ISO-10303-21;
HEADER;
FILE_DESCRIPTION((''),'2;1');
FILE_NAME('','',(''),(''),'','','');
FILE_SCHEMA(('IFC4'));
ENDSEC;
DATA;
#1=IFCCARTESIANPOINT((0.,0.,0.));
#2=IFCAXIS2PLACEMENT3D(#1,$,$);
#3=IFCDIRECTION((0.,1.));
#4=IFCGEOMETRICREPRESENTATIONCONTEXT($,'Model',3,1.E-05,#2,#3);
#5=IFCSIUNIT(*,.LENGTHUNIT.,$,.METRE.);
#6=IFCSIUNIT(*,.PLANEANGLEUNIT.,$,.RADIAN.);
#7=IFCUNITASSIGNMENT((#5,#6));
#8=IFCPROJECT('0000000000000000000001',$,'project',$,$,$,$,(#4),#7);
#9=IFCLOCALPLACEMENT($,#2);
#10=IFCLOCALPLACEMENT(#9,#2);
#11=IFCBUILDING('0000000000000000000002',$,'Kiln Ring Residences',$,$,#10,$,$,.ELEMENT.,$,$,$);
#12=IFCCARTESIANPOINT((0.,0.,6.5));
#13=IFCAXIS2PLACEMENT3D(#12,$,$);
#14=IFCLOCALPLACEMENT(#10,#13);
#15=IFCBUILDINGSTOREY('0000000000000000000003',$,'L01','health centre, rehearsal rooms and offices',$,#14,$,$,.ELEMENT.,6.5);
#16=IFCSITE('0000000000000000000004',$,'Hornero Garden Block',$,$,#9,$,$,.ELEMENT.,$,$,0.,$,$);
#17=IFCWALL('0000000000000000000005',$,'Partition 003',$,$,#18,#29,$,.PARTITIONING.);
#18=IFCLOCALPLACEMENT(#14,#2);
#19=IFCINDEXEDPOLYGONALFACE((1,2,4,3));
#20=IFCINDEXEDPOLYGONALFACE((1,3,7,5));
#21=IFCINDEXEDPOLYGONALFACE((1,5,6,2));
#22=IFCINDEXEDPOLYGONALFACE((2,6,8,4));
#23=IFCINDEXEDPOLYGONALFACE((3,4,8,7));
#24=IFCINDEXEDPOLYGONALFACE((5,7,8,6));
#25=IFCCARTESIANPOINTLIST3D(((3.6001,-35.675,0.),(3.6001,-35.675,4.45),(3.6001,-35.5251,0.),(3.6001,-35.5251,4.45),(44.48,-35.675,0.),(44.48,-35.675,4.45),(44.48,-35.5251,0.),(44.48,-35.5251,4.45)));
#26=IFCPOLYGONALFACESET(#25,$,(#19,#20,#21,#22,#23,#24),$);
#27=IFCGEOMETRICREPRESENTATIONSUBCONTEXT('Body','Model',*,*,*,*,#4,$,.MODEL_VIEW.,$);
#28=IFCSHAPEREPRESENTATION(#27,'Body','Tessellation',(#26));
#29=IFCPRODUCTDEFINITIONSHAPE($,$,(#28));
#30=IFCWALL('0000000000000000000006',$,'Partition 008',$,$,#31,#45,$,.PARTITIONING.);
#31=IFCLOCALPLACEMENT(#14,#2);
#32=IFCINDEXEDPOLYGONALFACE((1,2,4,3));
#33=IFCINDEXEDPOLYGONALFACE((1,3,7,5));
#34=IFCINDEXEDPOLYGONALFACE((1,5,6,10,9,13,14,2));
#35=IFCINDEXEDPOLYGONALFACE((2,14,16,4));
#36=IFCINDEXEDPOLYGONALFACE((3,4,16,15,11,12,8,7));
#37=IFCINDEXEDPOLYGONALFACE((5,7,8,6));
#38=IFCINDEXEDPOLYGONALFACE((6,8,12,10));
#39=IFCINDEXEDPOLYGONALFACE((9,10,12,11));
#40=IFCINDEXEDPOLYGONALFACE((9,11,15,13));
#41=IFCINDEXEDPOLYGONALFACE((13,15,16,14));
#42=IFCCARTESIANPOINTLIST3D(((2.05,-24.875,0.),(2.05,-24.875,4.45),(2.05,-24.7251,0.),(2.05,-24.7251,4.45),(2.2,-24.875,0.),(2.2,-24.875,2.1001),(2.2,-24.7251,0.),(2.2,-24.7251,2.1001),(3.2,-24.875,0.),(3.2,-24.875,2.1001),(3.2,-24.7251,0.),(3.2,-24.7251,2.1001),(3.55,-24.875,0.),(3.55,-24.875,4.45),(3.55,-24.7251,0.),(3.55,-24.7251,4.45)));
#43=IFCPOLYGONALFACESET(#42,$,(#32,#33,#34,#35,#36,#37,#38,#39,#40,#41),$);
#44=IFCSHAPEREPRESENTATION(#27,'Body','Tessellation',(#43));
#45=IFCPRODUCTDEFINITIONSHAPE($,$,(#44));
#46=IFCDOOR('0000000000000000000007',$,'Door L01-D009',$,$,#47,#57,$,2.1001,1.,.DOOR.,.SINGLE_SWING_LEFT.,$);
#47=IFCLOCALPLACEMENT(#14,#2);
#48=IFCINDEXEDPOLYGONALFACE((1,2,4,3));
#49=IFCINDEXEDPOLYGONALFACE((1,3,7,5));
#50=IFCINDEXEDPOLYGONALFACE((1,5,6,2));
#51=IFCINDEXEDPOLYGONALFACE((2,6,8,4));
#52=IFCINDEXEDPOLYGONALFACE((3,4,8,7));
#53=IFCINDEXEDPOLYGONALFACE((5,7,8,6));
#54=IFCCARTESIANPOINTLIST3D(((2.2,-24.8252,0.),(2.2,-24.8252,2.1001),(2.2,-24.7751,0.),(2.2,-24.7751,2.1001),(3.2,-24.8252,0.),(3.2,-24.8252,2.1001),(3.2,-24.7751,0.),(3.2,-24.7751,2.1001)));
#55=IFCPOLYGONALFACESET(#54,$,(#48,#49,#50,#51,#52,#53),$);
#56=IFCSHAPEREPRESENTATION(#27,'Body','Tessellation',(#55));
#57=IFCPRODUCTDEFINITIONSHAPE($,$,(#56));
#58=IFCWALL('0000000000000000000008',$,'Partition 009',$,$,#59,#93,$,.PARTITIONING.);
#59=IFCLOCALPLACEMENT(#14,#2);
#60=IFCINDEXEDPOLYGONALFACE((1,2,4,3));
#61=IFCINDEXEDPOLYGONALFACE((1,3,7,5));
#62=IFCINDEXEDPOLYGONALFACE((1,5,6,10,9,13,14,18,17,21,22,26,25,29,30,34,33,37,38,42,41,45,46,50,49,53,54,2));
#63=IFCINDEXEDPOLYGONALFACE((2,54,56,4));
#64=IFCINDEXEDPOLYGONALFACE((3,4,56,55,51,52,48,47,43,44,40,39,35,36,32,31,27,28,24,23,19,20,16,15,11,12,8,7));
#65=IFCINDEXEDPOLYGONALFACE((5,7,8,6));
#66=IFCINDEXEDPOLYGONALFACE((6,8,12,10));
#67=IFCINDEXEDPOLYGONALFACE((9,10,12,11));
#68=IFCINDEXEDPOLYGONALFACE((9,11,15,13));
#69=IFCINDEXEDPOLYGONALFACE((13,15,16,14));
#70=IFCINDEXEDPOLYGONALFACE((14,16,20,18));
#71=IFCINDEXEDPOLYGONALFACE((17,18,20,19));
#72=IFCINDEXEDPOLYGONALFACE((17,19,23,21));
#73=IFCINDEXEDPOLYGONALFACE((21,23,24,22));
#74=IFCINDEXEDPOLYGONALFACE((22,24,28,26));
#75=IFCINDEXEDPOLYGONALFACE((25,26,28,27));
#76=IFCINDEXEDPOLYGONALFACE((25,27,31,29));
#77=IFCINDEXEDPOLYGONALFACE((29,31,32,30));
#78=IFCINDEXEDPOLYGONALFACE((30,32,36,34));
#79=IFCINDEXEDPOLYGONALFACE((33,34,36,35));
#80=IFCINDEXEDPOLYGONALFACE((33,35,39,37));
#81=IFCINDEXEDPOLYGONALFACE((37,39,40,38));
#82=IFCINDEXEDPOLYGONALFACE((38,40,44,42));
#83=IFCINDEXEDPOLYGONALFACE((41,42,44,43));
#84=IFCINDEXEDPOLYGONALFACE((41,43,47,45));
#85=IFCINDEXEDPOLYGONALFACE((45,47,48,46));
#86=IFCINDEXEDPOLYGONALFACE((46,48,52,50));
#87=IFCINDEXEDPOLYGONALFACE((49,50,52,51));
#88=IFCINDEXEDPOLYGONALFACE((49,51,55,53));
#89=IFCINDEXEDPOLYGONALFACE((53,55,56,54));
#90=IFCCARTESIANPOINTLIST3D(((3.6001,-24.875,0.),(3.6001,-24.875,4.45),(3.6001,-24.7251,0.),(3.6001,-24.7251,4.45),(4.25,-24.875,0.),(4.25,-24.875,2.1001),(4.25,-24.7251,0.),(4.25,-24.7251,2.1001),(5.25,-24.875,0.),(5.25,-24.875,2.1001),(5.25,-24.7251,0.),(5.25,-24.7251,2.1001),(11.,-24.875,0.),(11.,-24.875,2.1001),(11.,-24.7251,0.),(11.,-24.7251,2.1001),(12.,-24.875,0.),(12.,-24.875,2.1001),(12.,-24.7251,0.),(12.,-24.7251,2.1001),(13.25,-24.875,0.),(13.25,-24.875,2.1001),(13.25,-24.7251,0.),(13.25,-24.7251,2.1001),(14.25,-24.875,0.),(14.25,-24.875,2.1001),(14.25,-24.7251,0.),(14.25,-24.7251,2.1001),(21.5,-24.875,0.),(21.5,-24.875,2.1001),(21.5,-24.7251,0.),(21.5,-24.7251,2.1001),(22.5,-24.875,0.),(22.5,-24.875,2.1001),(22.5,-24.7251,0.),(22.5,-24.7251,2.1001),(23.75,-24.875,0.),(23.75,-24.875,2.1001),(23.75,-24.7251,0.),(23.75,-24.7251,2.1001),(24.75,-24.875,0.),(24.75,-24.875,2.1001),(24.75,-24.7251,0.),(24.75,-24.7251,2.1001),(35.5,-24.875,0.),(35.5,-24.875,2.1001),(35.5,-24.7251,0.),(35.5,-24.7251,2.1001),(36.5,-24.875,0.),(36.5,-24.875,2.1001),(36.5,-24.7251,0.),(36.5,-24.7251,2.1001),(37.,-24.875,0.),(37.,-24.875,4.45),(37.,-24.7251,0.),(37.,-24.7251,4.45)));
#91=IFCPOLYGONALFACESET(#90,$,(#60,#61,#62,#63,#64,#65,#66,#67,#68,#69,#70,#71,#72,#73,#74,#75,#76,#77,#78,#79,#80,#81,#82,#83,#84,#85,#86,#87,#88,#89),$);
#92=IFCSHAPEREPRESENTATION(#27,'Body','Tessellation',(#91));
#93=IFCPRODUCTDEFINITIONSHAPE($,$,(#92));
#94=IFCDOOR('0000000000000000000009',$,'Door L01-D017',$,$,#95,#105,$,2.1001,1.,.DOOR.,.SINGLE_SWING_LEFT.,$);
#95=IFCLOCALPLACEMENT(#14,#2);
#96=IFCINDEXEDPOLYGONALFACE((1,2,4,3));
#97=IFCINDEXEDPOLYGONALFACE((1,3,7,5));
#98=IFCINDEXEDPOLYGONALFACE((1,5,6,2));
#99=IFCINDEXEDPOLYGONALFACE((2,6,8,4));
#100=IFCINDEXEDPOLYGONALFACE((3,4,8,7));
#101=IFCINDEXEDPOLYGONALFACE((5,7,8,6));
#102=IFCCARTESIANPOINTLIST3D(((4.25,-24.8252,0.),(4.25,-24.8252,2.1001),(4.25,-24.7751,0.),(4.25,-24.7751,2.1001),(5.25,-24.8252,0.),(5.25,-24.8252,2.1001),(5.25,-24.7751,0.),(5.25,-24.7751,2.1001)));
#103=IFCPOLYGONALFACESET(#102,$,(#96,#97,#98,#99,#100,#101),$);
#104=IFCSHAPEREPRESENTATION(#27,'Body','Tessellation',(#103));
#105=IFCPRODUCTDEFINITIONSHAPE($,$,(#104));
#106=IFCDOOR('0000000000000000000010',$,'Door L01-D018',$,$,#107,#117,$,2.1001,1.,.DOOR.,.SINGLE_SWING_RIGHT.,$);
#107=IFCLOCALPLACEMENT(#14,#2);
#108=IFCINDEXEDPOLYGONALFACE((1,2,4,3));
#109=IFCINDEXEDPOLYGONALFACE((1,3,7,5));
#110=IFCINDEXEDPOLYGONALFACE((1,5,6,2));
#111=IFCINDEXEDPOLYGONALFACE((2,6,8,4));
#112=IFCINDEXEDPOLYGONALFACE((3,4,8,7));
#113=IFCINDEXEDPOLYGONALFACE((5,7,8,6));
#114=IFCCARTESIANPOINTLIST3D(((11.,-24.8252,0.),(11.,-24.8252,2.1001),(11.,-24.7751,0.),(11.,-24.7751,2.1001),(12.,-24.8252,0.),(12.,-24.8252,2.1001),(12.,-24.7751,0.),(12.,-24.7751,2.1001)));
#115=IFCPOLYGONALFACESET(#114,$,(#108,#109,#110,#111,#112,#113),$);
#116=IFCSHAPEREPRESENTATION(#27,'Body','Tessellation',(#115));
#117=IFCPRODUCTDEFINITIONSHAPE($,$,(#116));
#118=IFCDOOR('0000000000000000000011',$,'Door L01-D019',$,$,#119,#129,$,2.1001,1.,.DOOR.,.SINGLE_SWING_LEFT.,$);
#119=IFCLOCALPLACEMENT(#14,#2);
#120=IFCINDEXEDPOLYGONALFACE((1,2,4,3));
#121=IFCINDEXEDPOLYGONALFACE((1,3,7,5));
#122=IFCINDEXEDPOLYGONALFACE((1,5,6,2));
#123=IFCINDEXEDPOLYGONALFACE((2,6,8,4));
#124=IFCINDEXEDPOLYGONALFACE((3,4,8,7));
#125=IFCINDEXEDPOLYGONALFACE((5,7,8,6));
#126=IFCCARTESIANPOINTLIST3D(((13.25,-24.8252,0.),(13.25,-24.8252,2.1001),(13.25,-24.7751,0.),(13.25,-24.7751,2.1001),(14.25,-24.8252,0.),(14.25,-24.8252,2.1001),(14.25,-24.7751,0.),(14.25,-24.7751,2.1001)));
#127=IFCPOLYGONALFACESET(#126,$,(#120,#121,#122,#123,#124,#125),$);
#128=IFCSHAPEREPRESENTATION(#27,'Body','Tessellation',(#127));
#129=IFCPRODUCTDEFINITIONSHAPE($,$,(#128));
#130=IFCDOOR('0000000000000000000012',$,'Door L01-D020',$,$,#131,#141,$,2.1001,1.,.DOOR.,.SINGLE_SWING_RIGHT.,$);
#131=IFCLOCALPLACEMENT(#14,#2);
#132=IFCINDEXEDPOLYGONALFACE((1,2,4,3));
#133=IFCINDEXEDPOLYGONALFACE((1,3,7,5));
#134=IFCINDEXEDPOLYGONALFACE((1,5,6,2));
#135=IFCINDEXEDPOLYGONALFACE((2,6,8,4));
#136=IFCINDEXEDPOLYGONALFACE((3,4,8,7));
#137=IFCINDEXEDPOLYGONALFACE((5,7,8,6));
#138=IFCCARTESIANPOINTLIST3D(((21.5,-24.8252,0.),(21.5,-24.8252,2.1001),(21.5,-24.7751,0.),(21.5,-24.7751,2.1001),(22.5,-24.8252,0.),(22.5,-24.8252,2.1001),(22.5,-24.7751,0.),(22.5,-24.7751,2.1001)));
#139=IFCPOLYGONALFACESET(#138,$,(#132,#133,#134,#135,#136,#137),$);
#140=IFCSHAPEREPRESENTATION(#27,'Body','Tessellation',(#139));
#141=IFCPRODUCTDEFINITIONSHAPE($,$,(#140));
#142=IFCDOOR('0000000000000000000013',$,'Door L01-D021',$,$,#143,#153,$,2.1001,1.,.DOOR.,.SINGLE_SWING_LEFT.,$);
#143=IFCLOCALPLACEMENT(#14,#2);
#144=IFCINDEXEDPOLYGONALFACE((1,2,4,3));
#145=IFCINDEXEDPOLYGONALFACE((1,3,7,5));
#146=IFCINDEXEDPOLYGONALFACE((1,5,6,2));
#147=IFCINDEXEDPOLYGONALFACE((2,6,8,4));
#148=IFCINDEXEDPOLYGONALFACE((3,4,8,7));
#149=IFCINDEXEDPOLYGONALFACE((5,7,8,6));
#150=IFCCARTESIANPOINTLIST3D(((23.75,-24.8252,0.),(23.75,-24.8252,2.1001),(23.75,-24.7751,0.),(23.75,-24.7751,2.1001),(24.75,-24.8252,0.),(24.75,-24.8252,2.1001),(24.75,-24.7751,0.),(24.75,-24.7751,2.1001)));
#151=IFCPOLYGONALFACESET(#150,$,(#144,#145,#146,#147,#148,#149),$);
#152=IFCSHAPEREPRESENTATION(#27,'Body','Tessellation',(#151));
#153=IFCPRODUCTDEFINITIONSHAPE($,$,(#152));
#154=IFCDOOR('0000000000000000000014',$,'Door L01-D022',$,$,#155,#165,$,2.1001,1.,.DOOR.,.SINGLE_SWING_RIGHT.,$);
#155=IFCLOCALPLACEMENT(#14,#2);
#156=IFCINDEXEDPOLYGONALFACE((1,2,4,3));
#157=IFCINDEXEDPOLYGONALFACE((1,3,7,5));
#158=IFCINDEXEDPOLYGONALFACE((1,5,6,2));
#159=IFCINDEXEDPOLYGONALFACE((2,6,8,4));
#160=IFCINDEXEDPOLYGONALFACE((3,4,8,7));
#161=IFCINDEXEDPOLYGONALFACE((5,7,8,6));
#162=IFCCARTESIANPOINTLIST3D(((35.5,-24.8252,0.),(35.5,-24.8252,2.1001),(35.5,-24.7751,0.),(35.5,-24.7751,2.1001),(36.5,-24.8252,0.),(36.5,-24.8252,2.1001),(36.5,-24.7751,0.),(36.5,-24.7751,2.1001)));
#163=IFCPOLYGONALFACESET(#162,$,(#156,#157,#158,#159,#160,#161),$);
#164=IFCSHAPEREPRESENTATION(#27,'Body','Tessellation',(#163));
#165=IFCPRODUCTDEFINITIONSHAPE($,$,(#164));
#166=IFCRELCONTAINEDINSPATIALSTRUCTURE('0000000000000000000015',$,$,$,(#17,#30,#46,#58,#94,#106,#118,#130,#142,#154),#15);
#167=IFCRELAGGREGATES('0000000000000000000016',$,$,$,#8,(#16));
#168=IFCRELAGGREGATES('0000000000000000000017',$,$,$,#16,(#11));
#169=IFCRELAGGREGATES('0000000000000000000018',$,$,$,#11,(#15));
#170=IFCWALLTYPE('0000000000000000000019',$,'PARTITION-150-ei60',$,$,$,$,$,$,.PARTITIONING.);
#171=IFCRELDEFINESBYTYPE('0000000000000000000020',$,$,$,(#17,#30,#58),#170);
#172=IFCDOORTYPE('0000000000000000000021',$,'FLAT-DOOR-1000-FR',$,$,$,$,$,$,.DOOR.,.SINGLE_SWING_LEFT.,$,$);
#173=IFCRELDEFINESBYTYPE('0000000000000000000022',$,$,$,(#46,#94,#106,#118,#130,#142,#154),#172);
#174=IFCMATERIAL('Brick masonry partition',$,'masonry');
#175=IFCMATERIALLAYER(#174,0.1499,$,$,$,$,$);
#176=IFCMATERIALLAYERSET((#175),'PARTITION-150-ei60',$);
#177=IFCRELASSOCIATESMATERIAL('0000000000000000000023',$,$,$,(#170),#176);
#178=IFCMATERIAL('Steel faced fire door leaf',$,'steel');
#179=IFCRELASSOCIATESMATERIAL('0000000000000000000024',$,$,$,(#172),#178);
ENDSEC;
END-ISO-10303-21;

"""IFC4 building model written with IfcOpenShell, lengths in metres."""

from ifc_helpers import new_model, si_unit, direction, frame, frame_2d, origin, place, context, subcontext, project, spatial, rectangle, extrude, material, layer, layer_set, type_object, element, fill, save


model = new_model("IFC4")

# Units and contexts
model_context = context("Model", 3, precision=1e-05, world=origin(), true_north=direction((0.0, 1.0)))
body_context = subcontext(model_context, "Body", "Model", "MODEL_VIEW")
ifc_project = project(units=[si_unit("LENGTHUNIT", "METRE"), si_unit("PLANEANGLEUNIT", "RADIAN")], contexts=[model_context])

# Site, building, storey
site_placement = place(None, origin())
site = spatial("IfcSite", under=ifc_project, at=site_placement, Name="Hornero Garden Block", CompositionType="ELEMENT", RefElevation=0.0)
building_placement = place(site_placement, origin())
building = spatial("IfcBuilding", under=site, at=building_placement, Name="Kiln Ring Residences", CompositionType="ELEMENT")
storey_placement = place(building_placement, frame((0.0, 0.0, 6.5)))
storey = spatial("IfcBuildingStorey", under=building, at=storey_placement, Name="L01", Description="health centre, rehearsal rooms and offices", CompositionType="ELEMENT", Elevation=6.5)

# Wall
ifc_material_1 = material(Name="Brick masonry partition", Category="masonry")
ifc_layer_1 = layer(ifc_material_1, 0.1499)
ifc_layer_set_1 = layer_set([ifc_layer_1], Name="PARTITION-150-ei60")
wall_type_1 = type_object("IfcWallType", Name="PARTITION-150-ei60", PredefinedType="PARTITIONING", material=ifc_layer_set_1)
wall_1_placement = place(storey_placement, frame((3.6001, -35.6001, 0.0), z_axis=(0.0, 0.0, 1.0), x_axis=(1.0, 0.0, 0.0)))
element("IfcWall", 1, at=wall_1_placement, inside=storey, type_object=wall_type_1, Name="Partition 003", PredefinedType="PARTITIONING", context=body_context, shape_type="SweptSolid", body=[
    extrude(rectangle(XDim=40.8799, YDim=0.1499, at=frame_2d((20.4399, 0.0))), origin(), (0.0, 0.0, 1.0), 4.45),
])

# Wall, opening, door
wall_2_placement = place(storey_placement, frame((2.05, -24.8, 0.0), z_axis=(0.0, 0.0, 1.0), x_axis=(1.0, 0.0, 0.0)))
wall_2 = element("IfcWall", 2, at=wall_2_placement, inside=storey, type_object=wall_type_1, Name="Partition 008", PredefinedType="PARTITIONING", context=body_context, shape_type="SweptSolid", body=[
    extrude(rectangle(XDim=1.5, YDim=0.1499, at=frame_2d((0.75, 0.0))), origin(), (0.0, 0.0, 1.0), 4.45),
])
opening_1_placement = place(wall_2_placement, frame((0.1499, 0.0, 0.0)))
opening_1 = element("IfcOpeningElement", 3, at=opening_1_placement, cuts=wall_2, PredefinedType="OPENING", context=body_context, shape_type="SweptSolid", body=[
    extrude(rectangle(XDim=1.0, YDim=2.1001, at=frame_2d((0.5, 1.05))), frame((0.0, 0.085, 0.0), z_axis=(0.0, -1.0, 0.0), x_axis=(1.0, 0.0, 0.0)), (0.0, 0.0, 1.0), 0.1699),
])
ifc_material_2 = material(Name="Steel faced fire door leaf", Category="steel")
door_type = type_object("IfcDoorType", Name="FLAT-DOOR-1000-FR", OperationType="SINGLE_SWING_LEFT", PredefinedType="DOOR", material=ifc_material_2)
door_1_placement = place(opening_1_placement, origin())
door_1 = element("IfcDoor", 4, at=door_1_placement, inside=storey, type_object=door_type, Name="Door L01-D009", OperationType="SINGLE_SWING_LEFT", OverallHeight=2.1001, OverallWidth=1.0, PredefinedType="DOOR", context=body_context, shape_type="SweptSolid", body=[
    extrude(rectangle(XDim=1.0, YDim=2.1001, at=frame_2d((0.5, 1.05))), frame((0.0, 0.0249, 0.0), z_axis=(0.0, -1.0, 0.0), x_axis=(1.0, 0.0, 0.0)), (0.0, 0.0, 1.0), 0.05),
])
fill(opening_1, door_1)

# Wall, openings, doors
wall_3_placement = place(storey_placement, frame((3.6001, -24.8, 0.0), z_axis=(0.0, 0.0, 1.0), x_axis=(1.0, 0.0, 0.0)))
wall_3 = element("IfcWall", 5, at=wall_3_placement, inside=storey, type_object=wall_type_1, Name="Partition 009", PredefinedType="PARTITIONING", context=body_context, shape_type="SweptSolid", body=[
    extrude(rectangle(XDim=33.3999, YDim=0.1499, at=frame_2d((16.7, 0.0))), origin(), (0.0, 0.0, 1.0), 4.45),
])
opening_2_placement = place(wall_3_placement, frame((0.6499, 0.0, 0.0)))
opening_2 = element("IfcOpeningElement", 6, at=opening_2_placement, cuts=wall_3, PredefinedType="OPENING", context=body_context, shape_type="SweptSolid", body=[
    extrude(rectangle(XDim=1.0, YDim=2.1001, at=frame_2d((0.5, 1.05))), frame((0.0, 0.085, 0.0), z_axis=(0.0, -1.0, 0.0), x_axis=(1.0, 0.0, 0.0)), (0.0, 0.0, 1.0), 0.1699),
])
opening_3_placement = place(wall_3_placement, frame((7.3999, 0.0, 0.0)))
opening_3 = element("IfcOpeningElement", 7, at=opening_3_placement, cuts=wall_3, PredefinedType="OPENING", context=body_context, shape_type="SweptSolid", body=[
    extrude(rectangle(XDim=1.0, YDim=2.1001, at=frame_2d((0.5, 1.05))), frame((0.0, 0.085, 0.0), z_axis=(0.0, -1.0, 0.0), x_axis=(1.0, 0.0, 0.0)), (0.0, 0.0, 1.0), 0.1699),
])
opening_4_placement = place(wall_3_placement, frame((9.6499, 0.0, 0.0)))
opening_4 = element("IfcOpeningElement", 8, at=opening_4_placement, cuts=wall_3, PredefinedType="OPENING", context=body_context, shape_type="SweptSolid", body=[
    extrude(rectangle(XDim=1.0, YDim=2.1001, at=frame_2d((0.5, 1.05))), frame((0.0, 0.085, 0.0), z_axis=(0.0, -1.0, 0.0), x_axis=(1.0, 0.0, 0.0)), (0.0, 0.0, 1.0), 0.1699),
])
opening_5_placement = place(wall_3_placement, frame((17.8999, 0.0, 0.0)))
opening_5 = element("IfcOpeningElement", 9, at=opening_5_placement, cuts=wall_3, PredefinedType="OPENING", context=body_context, shape_type="SweptSolid", body=[
    extrude(rectangle(XDim=1.0, YDim=2.1001, at=frame_2d((0.5, 1.05))), frame((0.0, 0.085, 0.0), z_axis=(0.0, -1.0, 0.0), x_axis=(1.0, 0.0, 0.0)), (0.0, 0.0, 1.0), 0.1699),
])
opening_6_placement = place(wall_3_placement, frame((20.1499, 0.0, 0.0)))
opening_6 = element("IfcOpeningElement", 10, at=opening_6_placement, cuts=wall_3, PredefinedType="OPENING", context=body_context, shape_type="SweptSolid", body=[
    extrude(rectangle(XDim=1.0, YDim=2.1001, at=frame_2d((0.5, 1.05))), frame((0.0, 0.085, 0.0), z_axis=(0.0, -1.0, 0.0), x_axis=(1.0, 0.0, 0.0)), (0.0, 0.0, 1.0), 0.1699),
])
opening_7_placement = place(wall_3_placement, frame((31.8999, 0.0, 0.0)))
opening_7 = element("IfcOpeningElement", 11, at=opening_7_placement, cuts=wall_3, PredefinedType="OPENING", context=body_context, shape_type="SweptSolid", body=[
    extrude(rectangle(XDim=1.0, YDim=2.1001, at=frame_2d((0.5, 1.05))), frame((0.0, 0.085, 0.0), z_axis=(0.0, -1.0, 0.0), x_axis=(1.0, 0.0, 0.0)), (0.0, 0.0, 1.0), 0.1699),
])
door_2_placement = place(opening_2_placement, origin())
door_2 = element("IfcDoor", 12, at=door_2_placement, inside=storey, type_object=door_type, Name="Door L01-D017", OperationType="SINGLE_SWING_LEFT", OverallHeight=2.1001, OverallWidth=1.0, PredefinedType="DOOR", context=body_context, shape_type="SweptSolid", body=[
    extrude(rectangle(XDim=1.0, YDim=2.1001, at=frame_2d((0.5, 1.05))), frame((0.0, 0.0249, 0.0), z_axis=(0.0, -1.0, 0.0), x_axis=(1.0, 0.0, 0.0)), (0.0, 0.0, 1.0), 0.05),
])
fill(opening_2, door_2)
door_3_placement = place(opening_3_placement, origin())
door_3 = element("IfcDoor", 13, at=door_3_placement, inside=storey, type_object=door_type, Name="Door L01-D018", OperationType="SINGLE_SWING_RIGHT", OverallHeight=2.1001, OverallWidth=1.0, PredefinedType="DOOR", context=body_context, shape_type="SweptSolid", body=[
    extrude(rectangle(XDim=1.0, YDim=2.1001, at=frame_2d((0.5, 1.05))), frame((0.0, 0.0249, 0.0), z_axis=(0.0, -1.0, 0.0), x_axis=(1.0, 0.0, 0.0)), (0.0, 0.0, 1.0), 0.05),
])
fill(opening_3, door_3)
door_4_placement = place(opening_4_placement, origin())
door_4 = element("IfcDoor", 14, at=door_4_placement, inside=storey, type_object=door_type, Name="Door L01-D019", OperationType="SINGLE_SWING_LEFT", OverallHeight=2.1001, OverallWidth=1.0, PredefinedType="DOOR", context=body_context, shape_type="SweptSolid", body=[
    extrude(rectangle(XDim=1.0, YDim=2.1001, at=frame_2d((0.5, 1.05))), frame((0.0, 0.0249, 0.0), z_axis=(0.0, -1.0, 0.0), x_axis=(1.0, 0.0, 0.0)), (0.0, 0.0, 1.0), 0.05),
])
fill(opening_4, door_4)
door_5_placement = place(opening_5_placement, origin())
door_5 = element("IfcDoor", 15, at=door_5_placement, inside=storey, type_object=door_type, Name="Door L01-D020", OperationType="SINGLE_SWING_RIGHT", OverallHeight=2.1001, OverallWidth=1.0, PredefinedType="DOOR", context=body_context, shape_type="SweptSolid", body=[
    extrude(rectangle(XDim=1.0, YDim=2.1001, at=frame_2d((0.5, 1.05))), frame((0.0, 0.0249, 0.0), z_axis=(0.0, -1.0, 0.0), x_axis=(1.0, 0.0, 0.0)), (0.0, 0.0, 1.0), 0.05),
])
fill(opening_5, door_5)
door_6_placement = place(opening_6_placement, origin())
door_6 = element("IfcDoor", 16, at=door_6_placement, inside=storey, type_object=door_type, Name="Door L01-D021", OperationType="SINGLE_SWING_LEFT", OverallHeight=2.1001, OverallWidth=1.0, PredefinedType="DOOR", context=body_context, shape_type="SweptSolid", body=[
    extrude(rectangle(XDim=1.0, YDim=2.1001, at=frame_2d((0.5, 1.05))), frame((0.0, 0.0249, 0.0), z_axis=(0.0, -1.0, 0.0), x_axis=(1.0, 0.0, 0.0)), (0.0, 0.0, 1.0), 0.05),
])
fill(opening_6, door_6)
door_7_placement = place(opening_7_placement, origin())
door_7 = element("IfcDoor", 17, at=door_7_placement, inside=storey, type_object=door_type, Name="Door L01-D022", OperationType="SINGLE_SWING_RIGHT", OverallHeight=2.1001, OverallWidth=1.0, PredefinedType="DOOR", context=body_context, shape_type="SweptSolid", body=[
    extrude(rectangle(XDim=1.0, YDim=2.1001, at=frame_2d((0.5, 1.05))), frame((0.0, 0.0249, 0.0), z_axis=(0.0, -1.0, 0.0), x_axis=(1.0, 0.0, 0.0)), (0.0, 0.0, 1.0), 0.05),
])
fill(opening_7, door_7)

save(model, "model.ifc")
